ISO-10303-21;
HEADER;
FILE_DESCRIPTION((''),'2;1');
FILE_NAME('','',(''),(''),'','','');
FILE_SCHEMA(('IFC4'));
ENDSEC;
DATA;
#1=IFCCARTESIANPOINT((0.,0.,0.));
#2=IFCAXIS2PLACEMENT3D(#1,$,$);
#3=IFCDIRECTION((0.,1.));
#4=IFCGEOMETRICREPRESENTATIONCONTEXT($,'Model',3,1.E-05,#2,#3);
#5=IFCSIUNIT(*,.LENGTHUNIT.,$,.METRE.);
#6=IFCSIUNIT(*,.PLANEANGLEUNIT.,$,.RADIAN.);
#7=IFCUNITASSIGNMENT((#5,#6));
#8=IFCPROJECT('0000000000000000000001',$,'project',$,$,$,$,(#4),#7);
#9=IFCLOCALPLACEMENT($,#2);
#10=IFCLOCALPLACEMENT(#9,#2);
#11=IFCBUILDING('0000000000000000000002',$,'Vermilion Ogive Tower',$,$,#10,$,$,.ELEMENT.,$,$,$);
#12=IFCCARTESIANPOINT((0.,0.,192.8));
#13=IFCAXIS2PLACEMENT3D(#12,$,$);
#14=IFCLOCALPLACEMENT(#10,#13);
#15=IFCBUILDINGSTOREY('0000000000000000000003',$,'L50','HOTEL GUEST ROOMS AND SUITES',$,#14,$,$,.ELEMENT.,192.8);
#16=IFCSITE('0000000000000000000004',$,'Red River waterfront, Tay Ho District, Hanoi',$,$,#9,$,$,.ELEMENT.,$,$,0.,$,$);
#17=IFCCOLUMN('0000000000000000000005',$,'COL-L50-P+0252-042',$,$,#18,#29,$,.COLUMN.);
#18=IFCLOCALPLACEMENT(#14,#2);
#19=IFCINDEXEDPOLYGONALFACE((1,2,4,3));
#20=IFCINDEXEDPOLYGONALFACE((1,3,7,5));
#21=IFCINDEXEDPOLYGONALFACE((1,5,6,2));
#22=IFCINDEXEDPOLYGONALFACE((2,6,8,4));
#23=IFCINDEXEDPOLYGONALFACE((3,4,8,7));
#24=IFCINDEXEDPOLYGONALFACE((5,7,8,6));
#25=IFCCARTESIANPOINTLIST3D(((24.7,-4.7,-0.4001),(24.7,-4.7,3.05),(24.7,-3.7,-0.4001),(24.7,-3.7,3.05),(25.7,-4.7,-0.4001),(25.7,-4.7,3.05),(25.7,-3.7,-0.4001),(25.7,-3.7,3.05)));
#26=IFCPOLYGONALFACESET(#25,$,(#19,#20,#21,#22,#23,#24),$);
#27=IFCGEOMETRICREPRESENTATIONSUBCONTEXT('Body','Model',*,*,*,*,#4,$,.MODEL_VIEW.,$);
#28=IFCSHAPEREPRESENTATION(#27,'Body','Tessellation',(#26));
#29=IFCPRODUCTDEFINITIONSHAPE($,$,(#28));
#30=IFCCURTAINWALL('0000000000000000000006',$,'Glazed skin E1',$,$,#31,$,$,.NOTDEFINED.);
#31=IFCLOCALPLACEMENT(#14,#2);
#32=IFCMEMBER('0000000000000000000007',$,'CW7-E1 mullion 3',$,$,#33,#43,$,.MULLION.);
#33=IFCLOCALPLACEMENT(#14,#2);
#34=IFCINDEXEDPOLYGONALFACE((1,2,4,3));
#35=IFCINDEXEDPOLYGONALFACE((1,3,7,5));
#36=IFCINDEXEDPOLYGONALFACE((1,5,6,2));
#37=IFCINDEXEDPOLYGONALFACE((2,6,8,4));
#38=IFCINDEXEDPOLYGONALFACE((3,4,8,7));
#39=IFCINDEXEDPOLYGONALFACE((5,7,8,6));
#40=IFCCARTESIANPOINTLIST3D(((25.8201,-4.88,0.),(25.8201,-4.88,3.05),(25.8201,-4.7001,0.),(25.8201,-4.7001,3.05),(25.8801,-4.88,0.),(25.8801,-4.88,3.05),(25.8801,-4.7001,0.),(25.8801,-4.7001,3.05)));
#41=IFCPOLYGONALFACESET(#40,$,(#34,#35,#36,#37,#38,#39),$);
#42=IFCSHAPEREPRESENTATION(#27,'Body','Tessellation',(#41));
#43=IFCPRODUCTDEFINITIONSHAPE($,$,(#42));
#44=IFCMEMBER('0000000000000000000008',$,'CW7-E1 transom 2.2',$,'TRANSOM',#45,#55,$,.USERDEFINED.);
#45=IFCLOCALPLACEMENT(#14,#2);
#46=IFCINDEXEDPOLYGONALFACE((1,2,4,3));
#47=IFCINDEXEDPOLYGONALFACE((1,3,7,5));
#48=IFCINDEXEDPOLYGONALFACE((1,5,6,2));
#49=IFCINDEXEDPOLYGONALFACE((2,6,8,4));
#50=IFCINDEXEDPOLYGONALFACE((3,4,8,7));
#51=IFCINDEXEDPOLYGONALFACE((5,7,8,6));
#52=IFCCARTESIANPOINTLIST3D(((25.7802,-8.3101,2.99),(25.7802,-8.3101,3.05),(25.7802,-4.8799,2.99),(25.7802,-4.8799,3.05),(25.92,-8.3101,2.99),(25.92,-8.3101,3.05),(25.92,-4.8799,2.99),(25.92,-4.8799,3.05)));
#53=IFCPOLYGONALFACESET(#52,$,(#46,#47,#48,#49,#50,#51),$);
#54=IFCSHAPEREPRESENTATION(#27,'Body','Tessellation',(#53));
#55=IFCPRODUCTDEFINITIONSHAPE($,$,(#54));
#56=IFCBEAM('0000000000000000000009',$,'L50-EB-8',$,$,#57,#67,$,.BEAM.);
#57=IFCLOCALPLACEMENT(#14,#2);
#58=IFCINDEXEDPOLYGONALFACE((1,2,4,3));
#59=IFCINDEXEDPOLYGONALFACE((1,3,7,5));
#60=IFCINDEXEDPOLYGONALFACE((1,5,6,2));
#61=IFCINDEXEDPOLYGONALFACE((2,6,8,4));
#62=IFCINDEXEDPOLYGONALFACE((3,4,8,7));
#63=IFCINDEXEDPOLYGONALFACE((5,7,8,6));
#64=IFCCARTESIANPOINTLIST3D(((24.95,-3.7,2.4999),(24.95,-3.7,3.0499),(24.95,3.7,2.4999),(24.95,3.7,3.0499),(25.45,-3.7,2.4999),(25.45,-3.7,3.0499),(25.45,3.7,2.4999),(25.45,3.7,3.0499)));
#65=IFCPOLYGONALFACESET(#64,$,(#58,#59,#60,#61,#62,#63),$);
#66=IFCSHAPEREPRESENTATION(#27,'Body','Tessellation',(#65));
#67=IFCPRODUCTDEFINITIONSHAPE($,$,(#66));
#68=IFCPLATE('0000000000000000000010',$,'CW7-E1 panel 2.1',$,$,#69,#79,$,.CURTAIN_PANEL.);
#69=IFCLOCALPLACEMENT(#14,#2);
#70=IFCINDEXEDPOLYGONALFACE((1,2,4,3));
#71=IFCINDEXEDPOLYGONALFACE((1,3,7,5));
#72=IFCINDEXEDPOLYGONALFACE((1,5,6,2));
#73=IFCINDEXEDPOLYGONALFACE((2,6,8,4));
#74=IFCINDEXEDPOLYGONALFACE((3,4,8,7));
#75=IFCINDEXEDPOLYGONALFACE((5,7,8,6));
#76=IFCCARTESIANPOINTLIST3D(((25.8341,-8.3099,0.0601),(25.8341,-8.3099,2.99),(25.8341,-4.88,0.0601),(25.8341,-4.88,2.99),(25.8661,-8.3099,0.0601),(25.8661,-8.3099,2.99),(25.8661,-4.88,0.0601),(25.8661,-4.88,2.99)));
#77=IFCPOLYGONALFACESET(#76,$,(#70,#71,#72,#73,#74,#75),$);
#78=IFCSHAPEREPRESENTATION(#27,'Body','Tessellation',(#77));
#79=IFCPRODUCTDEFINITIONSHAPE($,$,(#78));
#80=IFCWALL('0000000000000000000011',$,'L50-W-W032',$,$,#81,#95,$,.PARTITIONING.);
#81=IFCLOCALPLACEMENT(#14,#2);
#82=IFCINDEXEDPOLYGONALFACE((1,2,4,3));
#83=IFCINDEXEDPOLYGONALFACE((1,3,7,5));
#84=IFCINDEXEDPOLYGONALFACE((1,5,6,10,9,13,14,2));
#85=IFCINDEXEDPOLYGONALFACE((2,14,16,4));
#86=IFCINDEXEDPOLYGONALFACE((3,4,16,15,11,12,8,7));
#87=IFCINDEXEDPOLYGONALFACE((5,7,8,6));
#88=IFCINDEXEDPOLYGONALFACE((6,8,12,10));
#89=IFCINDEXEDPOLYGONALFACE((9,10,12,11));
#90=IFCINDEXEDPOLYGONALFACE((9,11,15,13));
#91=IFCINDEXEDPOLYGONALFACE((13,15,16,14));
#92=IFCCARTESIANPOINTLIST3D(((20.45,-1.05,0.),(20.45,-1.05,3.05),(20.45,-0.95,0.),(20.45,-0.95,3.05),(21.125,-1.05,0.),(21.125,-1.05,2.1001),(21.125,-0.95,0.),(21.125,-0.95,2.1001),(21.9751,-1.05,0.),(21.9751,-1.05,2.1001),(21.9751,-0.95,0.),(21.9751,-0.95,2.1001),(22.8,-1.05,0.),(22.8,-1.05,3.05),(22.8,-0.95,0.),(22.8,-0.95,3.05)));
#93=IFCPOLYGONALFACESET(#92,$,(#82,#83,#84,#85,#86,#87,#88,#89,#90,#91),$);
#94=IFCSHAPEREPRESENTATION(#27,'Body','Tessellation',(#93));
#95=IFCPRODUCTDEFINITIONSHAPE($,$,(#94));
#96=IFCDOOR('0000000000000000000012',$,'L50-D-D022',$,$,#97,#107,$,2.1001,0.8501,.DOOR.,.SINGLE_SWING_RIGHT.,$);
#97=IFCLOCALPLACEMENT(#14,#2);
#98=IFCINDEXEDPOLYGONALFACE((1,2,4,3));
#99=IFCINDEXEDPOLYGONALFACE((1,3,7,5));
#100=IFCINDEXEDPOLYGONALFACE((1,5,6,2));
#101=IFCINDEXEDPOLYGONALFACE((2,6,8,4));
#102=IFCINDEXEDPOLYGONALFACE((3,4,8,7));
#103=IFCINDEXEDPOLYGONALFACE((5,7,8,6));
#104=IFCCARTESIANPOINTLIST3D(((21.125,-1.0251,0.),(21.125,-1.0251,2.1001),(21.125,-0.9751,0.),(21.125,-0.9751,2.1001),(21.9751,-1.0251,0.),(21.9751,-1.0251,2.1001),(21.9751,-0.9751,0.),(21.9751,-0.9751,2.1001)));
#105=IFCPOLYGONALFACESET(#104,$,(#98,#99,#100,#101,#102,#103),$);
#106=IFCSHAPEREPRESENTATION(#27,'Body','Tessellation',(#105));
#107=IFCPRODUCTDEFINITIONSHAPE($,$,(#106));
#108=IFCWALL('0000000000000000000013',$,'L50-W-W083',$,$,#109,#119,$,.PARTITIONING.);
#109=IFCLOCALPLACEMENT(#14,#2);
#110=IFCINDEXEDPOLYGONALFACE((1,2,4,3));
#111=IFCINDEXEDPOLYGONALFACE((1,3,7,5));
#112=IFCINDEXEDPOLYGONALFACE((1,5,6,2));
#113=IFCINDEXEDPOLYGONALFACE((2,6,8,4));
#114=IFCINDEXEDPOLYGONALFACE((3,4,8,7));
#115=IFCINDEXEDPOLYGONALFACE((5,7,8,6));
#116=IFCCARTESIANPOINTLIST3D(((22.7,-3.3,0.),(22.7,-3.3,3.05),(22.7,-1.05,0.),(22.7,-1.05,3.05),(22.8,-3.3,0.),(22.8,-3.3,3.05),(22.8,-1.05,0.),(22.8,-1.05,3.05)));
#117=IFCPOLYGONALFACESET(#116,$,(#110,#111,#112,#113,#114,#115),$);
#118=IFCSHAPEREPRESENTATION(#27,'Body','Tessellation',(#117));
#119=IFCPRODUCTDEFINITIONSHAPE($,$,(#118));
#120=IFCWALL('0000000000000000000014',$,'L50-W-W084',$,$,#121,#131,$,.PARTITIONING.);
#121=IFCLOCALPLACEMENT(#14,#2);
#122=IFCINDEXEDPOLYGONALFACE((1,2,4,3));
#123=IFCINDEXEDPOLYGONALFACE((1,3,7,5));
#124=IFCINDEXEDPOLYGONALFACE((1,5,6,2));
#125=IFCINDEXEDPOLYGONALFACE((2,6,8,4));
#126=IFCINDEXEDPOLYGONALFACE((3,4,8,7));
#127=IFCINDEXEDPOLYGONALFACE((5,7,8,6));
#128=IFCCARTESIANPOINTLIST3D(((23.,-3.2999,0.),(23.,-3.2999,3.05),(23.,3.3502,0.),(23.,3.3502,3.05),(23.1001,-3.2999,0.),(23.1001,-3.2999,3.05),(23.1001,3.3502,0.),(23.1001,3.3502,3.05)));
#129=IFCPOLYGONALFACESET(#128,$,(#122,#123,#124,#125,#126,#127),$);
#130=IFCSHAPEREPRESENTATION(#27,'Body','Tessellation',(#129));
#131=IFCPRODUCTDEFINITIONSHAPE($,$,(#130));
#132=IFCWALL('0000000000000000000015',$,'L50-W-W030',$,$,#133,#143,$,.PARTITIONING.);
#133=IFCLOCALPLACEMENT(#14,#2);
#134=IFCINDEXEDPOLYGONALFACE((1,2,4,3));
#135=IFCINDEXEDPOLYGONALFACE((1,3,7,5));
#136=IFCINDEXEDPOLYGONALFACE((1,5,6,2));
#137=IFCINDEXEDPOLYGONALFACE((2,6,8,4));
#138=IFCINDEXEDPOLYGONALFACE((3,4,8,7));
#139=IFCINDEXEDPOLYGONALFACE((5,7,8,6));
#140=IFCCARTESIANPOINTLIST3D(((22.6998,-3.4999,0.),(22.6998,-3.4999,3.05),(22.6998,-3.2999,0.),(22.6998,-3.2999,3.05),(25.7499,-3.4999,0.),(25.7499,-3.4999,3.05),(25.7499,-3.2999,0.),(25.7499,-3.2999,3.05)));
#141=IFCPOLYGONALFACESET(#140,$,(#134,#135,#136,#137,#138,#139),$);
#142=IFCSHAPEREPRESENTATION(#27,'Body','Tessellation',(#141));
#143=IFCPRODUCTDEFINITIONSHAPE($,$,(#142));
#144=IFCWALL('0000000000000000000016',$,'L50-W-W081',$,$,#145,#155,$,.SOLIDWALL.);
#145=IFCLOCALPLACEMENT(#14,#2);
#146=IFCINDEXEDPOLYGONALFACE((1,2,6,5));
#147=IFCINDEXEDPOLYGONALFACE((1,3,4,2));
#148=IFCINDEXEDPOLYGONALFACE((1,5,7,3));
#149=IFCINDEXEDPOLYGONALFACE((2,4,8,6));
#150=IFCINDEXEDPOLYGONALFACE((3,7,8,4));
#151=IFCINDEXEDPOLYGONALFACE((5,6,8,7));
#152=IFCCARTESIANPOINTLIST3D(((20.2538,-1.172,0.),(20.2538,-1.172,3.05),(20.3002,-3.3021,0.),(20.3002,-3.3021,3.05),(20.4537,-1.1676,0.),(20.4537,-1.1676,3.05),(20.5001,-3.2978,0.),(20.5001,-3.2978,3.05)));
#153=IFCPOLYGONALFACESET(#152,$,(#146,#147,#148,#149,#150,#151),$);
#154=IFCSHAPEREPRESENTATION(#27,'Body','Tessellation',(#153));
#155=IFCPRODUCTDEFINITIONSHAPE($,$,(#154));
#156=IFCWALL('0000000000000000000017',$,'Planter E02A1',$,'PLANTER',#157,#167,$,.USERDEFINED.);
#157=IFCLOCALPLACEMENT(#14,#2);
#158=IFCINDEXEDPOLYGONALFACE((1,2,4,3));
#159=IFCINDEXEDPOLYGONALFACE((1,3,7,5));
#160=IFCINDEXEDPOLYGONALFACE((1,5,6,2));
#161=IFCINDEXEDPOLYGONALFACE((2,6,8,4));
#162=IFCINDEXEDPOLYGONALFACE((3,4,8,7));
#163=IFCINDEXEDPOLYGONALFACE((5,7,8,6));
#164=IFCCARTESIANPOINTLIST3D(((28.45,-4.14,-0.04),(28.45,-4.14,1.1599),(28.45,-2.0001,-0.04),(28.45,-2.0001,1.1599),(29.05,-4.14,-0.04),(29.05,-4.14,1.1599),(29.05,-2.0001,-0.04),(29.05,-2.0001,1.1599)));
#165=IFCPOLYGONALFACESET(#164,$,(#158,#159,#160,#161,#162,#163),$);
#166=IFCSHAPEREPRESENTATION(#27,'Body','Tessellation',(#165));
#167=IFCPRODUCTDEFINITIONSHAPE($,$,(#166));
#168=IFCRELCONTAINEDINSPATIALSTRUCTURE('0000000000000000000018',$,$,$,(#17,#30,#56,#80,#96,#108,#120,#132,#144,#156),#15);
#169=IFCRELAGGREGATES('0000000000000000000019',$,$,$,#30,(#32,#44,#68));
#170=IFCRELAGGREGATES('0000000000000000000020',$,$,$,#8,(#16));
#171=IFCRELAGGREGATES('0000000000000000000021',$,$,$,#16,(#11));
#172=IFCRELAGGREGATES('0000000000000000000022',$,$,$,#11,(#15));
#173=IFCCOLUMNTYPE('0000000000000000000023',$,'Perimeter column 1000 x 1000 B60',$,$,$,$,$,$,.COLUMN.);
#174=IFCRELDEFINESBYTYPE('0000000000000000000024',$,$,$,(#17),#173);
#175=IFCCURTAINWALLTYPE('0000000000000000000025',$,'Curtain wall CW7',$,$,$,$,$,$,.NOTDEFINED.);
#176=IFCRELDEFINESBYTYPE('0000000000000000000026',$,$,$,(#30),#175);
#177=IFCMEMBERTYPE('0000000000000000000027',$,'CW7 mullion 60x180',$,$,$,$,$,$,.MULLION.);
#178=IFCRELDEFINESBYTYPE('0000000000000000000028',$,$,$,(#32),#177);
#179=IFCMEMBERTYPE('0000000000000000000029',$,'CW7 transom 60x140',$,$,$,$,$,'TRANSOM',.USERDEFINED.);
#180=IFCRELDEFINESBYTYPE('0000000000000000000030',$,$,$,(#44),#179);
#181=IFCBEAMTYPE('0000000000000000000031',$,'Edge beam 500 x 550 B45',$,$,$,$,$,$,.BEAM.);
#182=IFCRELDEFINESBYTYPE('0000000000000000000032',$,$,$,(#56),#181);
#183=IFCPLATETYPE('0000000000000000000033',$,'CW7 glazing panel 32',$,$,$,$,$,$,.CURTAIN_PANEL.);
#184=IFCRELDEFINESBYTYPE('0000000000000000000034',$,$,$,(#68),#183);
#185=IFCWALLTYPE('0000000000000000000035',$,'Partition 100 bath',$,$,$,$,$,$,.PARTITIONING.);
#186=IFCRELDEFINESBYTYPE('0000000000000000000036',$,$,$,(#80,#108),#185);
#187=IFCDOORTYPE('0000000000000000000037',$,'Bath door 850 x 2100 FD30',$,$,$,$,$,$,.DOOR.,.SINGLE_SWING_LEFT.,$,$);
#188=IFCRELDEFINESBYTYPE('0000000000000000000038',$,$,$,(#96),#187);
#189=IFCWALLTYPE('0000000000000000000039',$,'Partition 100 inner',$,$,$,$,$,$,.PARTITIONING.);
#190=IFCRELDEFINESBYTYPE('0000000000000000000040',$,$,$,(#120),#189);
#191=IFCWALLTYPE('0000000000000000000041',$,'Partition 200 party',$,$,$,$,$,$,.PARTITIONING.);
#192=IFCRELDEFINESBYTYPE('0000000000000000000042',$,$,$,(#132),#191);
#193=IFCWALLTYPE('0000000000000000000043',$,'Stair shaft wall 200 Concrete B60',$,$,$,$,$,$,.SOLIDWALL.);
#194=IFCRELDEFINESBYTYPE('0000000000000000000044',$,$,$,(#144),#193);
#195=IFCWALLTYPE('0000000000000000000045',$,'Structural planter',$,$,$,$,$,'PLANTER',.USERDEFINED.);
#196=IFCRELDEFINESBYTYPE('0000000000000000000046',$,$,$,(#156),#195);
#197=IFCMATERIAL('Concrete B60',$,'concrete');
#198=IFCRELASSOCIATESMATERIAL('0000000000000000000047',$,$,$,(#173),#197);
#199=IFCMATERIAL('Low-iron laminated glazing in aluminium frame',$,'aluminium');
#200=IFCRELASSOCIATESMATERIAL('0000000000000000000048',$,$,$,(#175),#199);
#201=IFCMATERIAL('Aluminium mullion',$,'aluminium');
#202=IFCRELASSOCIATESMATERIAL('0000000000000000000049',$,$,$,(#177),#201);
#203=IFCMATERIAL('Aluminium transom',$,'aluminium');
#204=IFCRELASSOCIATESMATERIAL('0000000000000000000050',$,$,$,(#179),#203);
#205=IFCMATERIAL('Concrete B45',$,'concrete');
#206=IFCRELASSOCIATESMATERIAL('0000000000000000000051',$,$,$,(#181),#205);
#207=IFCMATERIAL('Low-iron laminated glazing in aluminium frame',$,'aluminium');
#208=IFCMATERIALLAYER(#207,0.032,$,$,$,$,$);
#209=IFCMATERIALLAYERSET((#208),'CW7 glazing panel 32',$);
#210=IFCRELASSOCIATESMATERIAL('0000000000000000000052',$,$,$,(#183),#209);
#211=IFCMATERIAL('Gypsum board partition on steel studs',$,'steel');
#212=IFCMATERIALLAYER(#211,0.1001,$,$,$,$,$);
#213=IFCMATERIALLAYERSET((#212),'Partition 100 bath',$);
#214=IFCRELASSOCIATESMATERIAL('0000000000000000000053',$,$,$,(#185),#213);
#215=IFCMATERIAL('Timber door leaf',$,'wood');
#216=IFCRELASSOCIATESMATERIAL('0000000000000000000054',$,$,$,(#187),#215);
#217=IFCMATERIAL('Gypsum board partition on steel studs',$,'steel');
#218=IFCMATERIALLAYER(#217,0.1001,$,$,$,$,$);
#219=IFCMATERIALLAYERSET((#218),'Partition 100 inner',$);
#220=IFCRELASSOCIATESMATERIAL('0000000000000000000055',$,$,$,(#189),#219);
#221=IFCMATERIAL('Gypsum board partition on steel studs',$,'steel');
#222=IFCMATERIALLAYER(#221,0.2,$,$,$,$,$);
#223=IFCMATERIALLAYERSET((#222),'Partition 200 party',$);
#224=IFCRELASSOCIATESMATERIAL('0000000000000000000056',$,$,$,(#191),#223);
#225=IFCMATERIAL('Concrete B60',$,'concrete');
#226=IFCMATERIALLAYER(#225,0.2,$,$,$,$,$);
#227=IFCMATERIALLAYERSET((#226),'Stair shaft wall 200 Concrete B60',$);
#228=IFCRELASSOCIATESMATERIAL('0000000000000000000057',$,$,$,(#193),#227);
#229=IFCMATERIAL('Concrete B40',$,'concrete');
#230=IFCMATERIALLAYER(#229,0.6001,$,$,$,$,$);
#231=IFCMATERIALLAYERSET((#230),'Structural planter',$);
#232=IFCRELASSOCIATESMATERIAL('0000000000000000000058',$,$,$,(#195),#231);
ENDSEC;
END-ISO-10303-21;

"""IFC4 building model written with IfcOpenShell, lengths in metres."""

from ifc_helpers import new_model, si_unit, direction, frame, frame_2d, origin, origin_2d, place, context, subcontext, project, spatial, rectangle, extrude, material, layer, layer_set, material_profile, profile_set, type_object, element, fill, aggregate, save


model = new_model("IFC4")

# Units and contexts
model_context = context("Model", 3, precision=1e-05, world=origin(), true_north=direction((0.0, 1.0)))
body_context = subcontext(model_context, "Body", "Model", "MODEL_VIEW")
ifc_project = project(units=[si_unit("LENGTHUNIT", "METRE"), si_unit("PLANEANGLEUNIT", "RADIAN")], contexts=[model_context])

# Site, building, storey
site_placement = place(None, origin())
site = spatial("IfcSite", under=ifc_project, at=site_placement, Name="Red River waterfront, Tay Ho District, Hanoi", CompositionType="ELEMENT", RefElevation=0.0)
building_placement = place(site_placement, origin())
building = spatial("IfcBuilding", under=site, at=building_placement, Name="Vermilion Ogive Tower", CompositionType="ELEMENT")
storey_placement = place(building_placement, frame((0.0, 0.0, 192.8)))
storey = spatial("IfcBuildingStorey", under=building, at=storey_placement, Name="L50", Description="HOTEL GUEST ROOMS AND SUITES", CompositionType="ELEMENT", Elevation=192.8)

# Column
ifc_material_1 = material(Name="Concrete B60", Category="concrete")
ifc_material_profile_1 = material_profile(ifc_material_1, rectangle(XDim=1.0, YDim=1.0, at=origin_2d()), Name="1000 x 1000")
ifc_profile_set_1 = profile_set([ifc_material_profile_1], Name="Concrete B60")
column_type = type_object("IfcColumnType", Name="Perimeter column 1000 x 1000 B60", PredefinedType="COLUMN", material=ifc_profile_set_1)
column_placement = place(storey_placement, frame((25.2, -4.2, -0.4001), z_axis=(0.0, 0.0, 1.0), x_axis=(1.0, 0.0, 0.0)))
element("IfcColumn", 1, at=column_placement, inside=storey, type_object=column_type, Name="COL-L50-P+0252-042", PredefinedType="COLUMN", context=body_context, shape_type="SweptSolid", body=[
    extrude(rectangle(XDim=1.0, YDim=1.0, at=origin_2d()), origin(), (0.0, 0.0, 1.0), 3.4502),
])

# Curtain wall, members
ifc_material_2 = material(Name="Low-iron laminated glazing in aluminium frame", Category="aluminium")
curtain_wall_type = type_object("IfcCurtainWallType", Name="Curtain wall CW7", PredefinedType="NOTDEFINED", material=ifc_material_2)
curtain_wall_placement = place(storey_placement, origin())
curtain_wall = element("IfcCurtainWall", 2, at=curtain_wall_placement, inside=storey, type_object=curtain_wall_type, Name="Glazed skin E1", PredefinedType="NOTDEFINED")
ifc_material_3 = material(Name="Aluminium mullion", Category="aluminium")
ifc_material_profile_2 = material_profile(ifc_material_3, rectangle(XDim=0.0601, YDim=0.1799, at=origin_2d()), Name="AL 60x180")
ifc_profile_set_2 = profile_set([ifc_material_profile_2], Name="Aluminium mullion")
member_type_1 = type_object("IfcMemberType", Name="CW7 mullion 60x180", PredefinedType="MULLION", material=ifc_profile_set_2)
member_1_placement = place(storey_placement, frame((25.8501, -4.79, 0.0), z_axis=(0.0, 0.0, 1.0), x_axis=(-1.0, 0.0, 0.0)))
member_1 = element("IfcMember", 3, at=member_1_placement, type_object=member_type_1, Name="CW7-E1 mullion 3", PredefinedType="MULLION", context=body_context, shape_type="SweptSolid", body=[
    extrude(rectangle(XDim=0.0601, YDim=0.1799, at=origin_2d()), origin(), (0.0, 0.0, 1.0), 3.05),
])
ifc_material_4 = material(Name="Aluminium transom", Category="aluminium")
ifc_material_profile_3 = material_profile(ifc_material_4, rectangle(XDim=0.1399, YDim=0.0601, at=origin_2d()), Name="AL 60x140")
ifc_profile_set_3 = profile_set([ifc_material_profile_3], Name="Aluminium transom")
member_type_2 = type_object("IfcMemberType", Name="CW7 transom 60x140", ElementType="TRANSOM", PredefinedType="USERDEFINED", material=ifc_profile_set_3)
member_2_placement = place(storey_placement, frame((25.8501, -8.3101, 3.02), z_axis=(0.0, 1.0, 0.0), x_axis=(-1.0, 0.0, 0.0)))
member_2 = element("IfcMember", 4, at=member_2_placement, type_object=member_type_2, Name="CW7-E1 transom 2.2", ObjectType="TRANSOM", PredefinedType="USERDEFINED", context=body_context, shape_type="SweptSolid", body=[
    extrude(rectangle(XDim=0.1399, YDim=0.0601, at=origin_2d()), origin(), (0.0, 0.0, 1.0), 3.4302),
])

# Beam
ifc_material_5 = material(Name="Concrete B45", Category="concrete")
ifc_material_profile_4 = material_profile(ifc_material_5, rectangle(XDim=0.5, YDim=0.55, at=origin_2d()), Name="500 x 550")
ifc_profile_set_4 = profile_set([ifc_material_profile_4], Name="Concrete B45")
beam_type = type_object("IfcBeamType", Name="Edge beam 500 x 550 B45", PredefinedType="BEAM", material=ifc_profile_set_4)
beam_placement = place(storey_placement, frame((25.2, -3.7, 2.7749), z_axis=(0.0, 1.0, 0.0), x_axis=(-1.0, 0.0, 0.0)))
element("IfcBeam", 5, at=beam_placement, inside=storey, type_object=beam_type, Name="L50-EB-8", PredefinedType="BEAM", context=body_context, shape_type="SweptSolid", body=[
    extrude(rectangle(XDim=0.5, YDim=0.55, at=origin_2d()), origin(), (0.0, 0.0, 1.0), 7.3999),
])

# Plate
ifc_material_6 = material(Name="Low-iron laminated glazing in aluminium frame", Category="aluminium")
ifc_layer_1 = layer(ifc_material_6, 0.032)
ifc_layer_set_1 = layer_set([ifc_layer_1], Name="CW7 glazing panel 32")
plate_type = type_object("IfcPlateType", Name="CW7 glazing panel 32", PredefinedType="CURTAIN_PANEL", material=ifc_layer_set_1)
plate_placement = place(storey_placement, frame((25.8501, -6.595, 0.0601), z_axis=(0.0, 0.0, 1.0), x_axis=(0.0, 1.0, 0.0)))
plate = element("IfcPlate", 6, at=plate_placement, type_object=plate_type, Name="CW7-E1 panel 2.1", PredefinedType="CURTAIN_PANEL", context=body_context, shape_type="SweptSolid", body=[
    extrude(rectangle(XDim=3.4299, YDim=0.032, at=origin_2d()), origin(), (0.0, 0.0, 1.0), 2.9299),
])
aggregate(curtain_wall, [member_1, member_2, plate])

# Wall, opening, door
ifc_material_7 = material(Name="Gypsum board partition on steel studs", Category="steel")
ifc_layer_2 = layer(ifc_material_7, 0.1001)
ifc_layer_set_2 = layer_set([ifc_layer_2], Name="Partition 100 bath")
wall_type_1 = type_object("IfcWallType", Name="Partition 100 bath", PredefinedType="PARTITIONING", material=ifc_layer_set_2)
wall_1_placement = place(storey_placement, frame((20.45, -1.0, 0.0), z_axis=(0.0, 0.0, 1.0), x_axis=(1.0, 0.0, 0.0)))
wall_1 = element("IfcWall", 7, at=wall_1_placement, inside=storey, type_object=wall_type_1, Name="L50-W-W032", PredefinedType="PARTITIONING", context=body_context, shape_type="SweptSolid", body=[
    extrude(rectangle(XDim=2.3501, YDim=0.1001, at=frame_2d((1.175, 0.0))), origin(), (0.0, 0.0, 1.0), 3.05),
])
opening_1_placement = place(wall_1_placement, frame((0.675, 0.0, 0.0)))
opening_1 = element("IfcOpeningElement", 8, at=opening_1_placement, cuts=wall_1, PredefinedType="OPENING", context=body_context, shape_type="SweptSolid", body=[
    extrude(rectangle(XDim=0.8501, YDim=2.1001, at=frame_2d((0.425, 1.05))), frame((0.0, 0.0601, 0.0), z_axis=(0.0, -1.0, 0.0), x_axis=(1.0, 0.0, 0.0)), (0.0, 0.0, 1.0), 0.1201),
])
ifc_material_8 = material(Name="Timber door leaf", Category="wood")
door_type_1 = type_object("IfcDoorType", Name="Bath door 850 x 2100 FD30", OperationType="SINGLE_SWING_LEFT", PredefinedType="DOOR", material=ifc_material_8)
door_1_placement = place(opening_1_placement, origin())
door_1 = element("IfcDoor", 9, at=door_1_placement, inside=storey, type_object=door_type_1, Name="L50-D-D022", OperationType="SINGLE_SWING_RIGHT", OverallHeight=2.1001, OverallWidth=0.8501, PredefinedType="DOOR", context=body_context, shape_type="SweptSolid", body=[
    extrude(rectangle(XDim=0.8501, YDim=2.1001, at=frame_2d((0.425, 1.05))), frame((0.0, 0.0249, 0.0), z_axis=(0.0, -1.0, 0.0), x_axis=(1.0, 0.0, 0.0)), (0.0, 0.0, 1.0), 0.05),
])
fill(opening_1, door_1)

# Walls
wall_2_placement = place(storey_placement, frame((22.75, -3.3, 0.0), z_axis=(0.0, 0.0, 1.0), x_axis=(0.0, 1.0, 0.0)))
element("IfcWall", 10, at=wall_2_placement, inside=storey, type_object=wall_type_1, Name="L50-W-W083", PredefinedType="PARTITIONING", context=body_context, shape_type="SweptSolid", body=[
    extrude(rectangle(XDim=2.25, YDim=0.1001, at=frame_2d((1.125, 0.0))), origin(), (0.0, 0.0, 1.0), 3.05),
])
ifc_material_9 = material(Name="Gypsum board partition on steel studs", Category="steel")
ifc_layer_3 = layer(ifc_material_9, 0.1001)
ifc_layer_set_3 = layer_set([ifc_layer_3], Name="Partition 100 inner")
wall_type_2 = type_object("IfcWallType", Name="Partition 100 inner", PredefinedType="PARTITIONING", material=ifc_layer_set_3)
wall_3_placement = place(storey_placement, frame((23.05, -3.3, 0.0), z_axis=(0.0, 0.0, 1.0), x_axis=(0.0, 1.0, 0.0)))
element("IfcWall", 11, at=wall_3_placement, inside=storey, type_object=wall_type_2, Name="L50-W-W084", PredefinedType="PARTITIONING", context=body_context, shape_type="SweptSolid", body=[
    extrude(rectangle(XDim=6.6501, YDim=0.1001, at=frame_2d((3.3252, 0.0))), origin(), (0.0, 0.0, 1.0), 3.05),
])
ifc_material_10 = material(Name="Gypsum board partition on steel studs", Category="steel")
ifc_layer_4 = layer(ifc_material_10, 0.2)
ifc_layer_set_4 = layer_set([ifc_layer_4], Name="Partition 200 party")
wall_type_3 = type_object("IfcWallType", Name="Partition 200 party", PredefinedType="PARTITIONING", material=ifc_layer_set_4)
wall_4_placement = place(storey_placement, frame((22.7, -3.3999, 0.0), z_axis=(0.0, 0.0, 1.0), x_axis=(1.0, 0.0, 0.0)))
element("IfcWall", 12, at=wall_4_placement, inside=storey, type_object=wall_type_3, Name="L50-W-W030", PredefinedType="PARTITIONING", context=body_context, shape_type="SweptSolid", body=[
    extrude(rectangle(XDim=3.05, YDim=0.2, at=frame_2d((1.5249, 0.0))), origin(), (0.0, 0.0, 1.0), 3.05),
])
ifc_material_11 = material(Name="Concrete B60", Category="concrete")
ifc_layer_5 = layer(ifc_material_11, 0.2)
ifc_layer_set_5 = layer_set([ifc_layer_5], Name="Stair shaft wall 200 Concrete B60")
wall_type_4 = type_object("IfcWallType", Name="Stair shaft wall 200 Concrete B60", PredefinedType="SOLIDWALL", material=ifc_layer_set_5)
wall_5_placement = place(storey_placement, frame((20.4001, -3.3, 0.0), z_axis=(0.0, 0.0, 1.0), x_axis=(-0.021771, 0.999763, 0.0)))
element("IfcWall", 13, at=wall_5_placement, inside=storey, type_object=wall_type_4, Name="L50-W-W081", PredefinedType="SOLIDWALL", context=body_context, shape_type="SweptSolid", body=[
    extrude(rectangle(XDim=2.1306, YDim=0.2, at=frame_2d((1.0654, 0.0))), origin(), (0.0, 0.0, 1.0), 3.05),
])
ifc_material_12 = material(Name="Concrete B40", Category="concrete")
ifc_layer_6 = layer(ifc_material_12, 0.6001)
ifc_layer_set_6 = layer_set([ifc_layer_6], Name="Structural planter")
wall_type_5 = type_object("IfcWallType", Name="Structural planter", ElementType="PLANTER", PredefinedType="USERDEFINED", material=ifc_layer_set_6)
wall_6_placement = place(storey_placement, frame((28.75, -4.1399, -0.04), z_axis=(0.0, 0.0, 1.0), x_axis=(0.0, 1.0, 0.0)))
element("IfcWall", 14, at=wall_6_placement, inside=storey, type_object=wall_type_5, Name="Planter E02A1", ObjectType="PLANTER", PredefinedType="USERDEFINED", context=body_context, shape_type="SweptSolid", body=[
    extrude(rectangle(XDim=2.1399, YDim=0.6001, at=frame_2d((1.0698, 0.0))), origin(), (0.0, 0.0, 1.0), 1.2),
])

save(model, "model.ifc")
